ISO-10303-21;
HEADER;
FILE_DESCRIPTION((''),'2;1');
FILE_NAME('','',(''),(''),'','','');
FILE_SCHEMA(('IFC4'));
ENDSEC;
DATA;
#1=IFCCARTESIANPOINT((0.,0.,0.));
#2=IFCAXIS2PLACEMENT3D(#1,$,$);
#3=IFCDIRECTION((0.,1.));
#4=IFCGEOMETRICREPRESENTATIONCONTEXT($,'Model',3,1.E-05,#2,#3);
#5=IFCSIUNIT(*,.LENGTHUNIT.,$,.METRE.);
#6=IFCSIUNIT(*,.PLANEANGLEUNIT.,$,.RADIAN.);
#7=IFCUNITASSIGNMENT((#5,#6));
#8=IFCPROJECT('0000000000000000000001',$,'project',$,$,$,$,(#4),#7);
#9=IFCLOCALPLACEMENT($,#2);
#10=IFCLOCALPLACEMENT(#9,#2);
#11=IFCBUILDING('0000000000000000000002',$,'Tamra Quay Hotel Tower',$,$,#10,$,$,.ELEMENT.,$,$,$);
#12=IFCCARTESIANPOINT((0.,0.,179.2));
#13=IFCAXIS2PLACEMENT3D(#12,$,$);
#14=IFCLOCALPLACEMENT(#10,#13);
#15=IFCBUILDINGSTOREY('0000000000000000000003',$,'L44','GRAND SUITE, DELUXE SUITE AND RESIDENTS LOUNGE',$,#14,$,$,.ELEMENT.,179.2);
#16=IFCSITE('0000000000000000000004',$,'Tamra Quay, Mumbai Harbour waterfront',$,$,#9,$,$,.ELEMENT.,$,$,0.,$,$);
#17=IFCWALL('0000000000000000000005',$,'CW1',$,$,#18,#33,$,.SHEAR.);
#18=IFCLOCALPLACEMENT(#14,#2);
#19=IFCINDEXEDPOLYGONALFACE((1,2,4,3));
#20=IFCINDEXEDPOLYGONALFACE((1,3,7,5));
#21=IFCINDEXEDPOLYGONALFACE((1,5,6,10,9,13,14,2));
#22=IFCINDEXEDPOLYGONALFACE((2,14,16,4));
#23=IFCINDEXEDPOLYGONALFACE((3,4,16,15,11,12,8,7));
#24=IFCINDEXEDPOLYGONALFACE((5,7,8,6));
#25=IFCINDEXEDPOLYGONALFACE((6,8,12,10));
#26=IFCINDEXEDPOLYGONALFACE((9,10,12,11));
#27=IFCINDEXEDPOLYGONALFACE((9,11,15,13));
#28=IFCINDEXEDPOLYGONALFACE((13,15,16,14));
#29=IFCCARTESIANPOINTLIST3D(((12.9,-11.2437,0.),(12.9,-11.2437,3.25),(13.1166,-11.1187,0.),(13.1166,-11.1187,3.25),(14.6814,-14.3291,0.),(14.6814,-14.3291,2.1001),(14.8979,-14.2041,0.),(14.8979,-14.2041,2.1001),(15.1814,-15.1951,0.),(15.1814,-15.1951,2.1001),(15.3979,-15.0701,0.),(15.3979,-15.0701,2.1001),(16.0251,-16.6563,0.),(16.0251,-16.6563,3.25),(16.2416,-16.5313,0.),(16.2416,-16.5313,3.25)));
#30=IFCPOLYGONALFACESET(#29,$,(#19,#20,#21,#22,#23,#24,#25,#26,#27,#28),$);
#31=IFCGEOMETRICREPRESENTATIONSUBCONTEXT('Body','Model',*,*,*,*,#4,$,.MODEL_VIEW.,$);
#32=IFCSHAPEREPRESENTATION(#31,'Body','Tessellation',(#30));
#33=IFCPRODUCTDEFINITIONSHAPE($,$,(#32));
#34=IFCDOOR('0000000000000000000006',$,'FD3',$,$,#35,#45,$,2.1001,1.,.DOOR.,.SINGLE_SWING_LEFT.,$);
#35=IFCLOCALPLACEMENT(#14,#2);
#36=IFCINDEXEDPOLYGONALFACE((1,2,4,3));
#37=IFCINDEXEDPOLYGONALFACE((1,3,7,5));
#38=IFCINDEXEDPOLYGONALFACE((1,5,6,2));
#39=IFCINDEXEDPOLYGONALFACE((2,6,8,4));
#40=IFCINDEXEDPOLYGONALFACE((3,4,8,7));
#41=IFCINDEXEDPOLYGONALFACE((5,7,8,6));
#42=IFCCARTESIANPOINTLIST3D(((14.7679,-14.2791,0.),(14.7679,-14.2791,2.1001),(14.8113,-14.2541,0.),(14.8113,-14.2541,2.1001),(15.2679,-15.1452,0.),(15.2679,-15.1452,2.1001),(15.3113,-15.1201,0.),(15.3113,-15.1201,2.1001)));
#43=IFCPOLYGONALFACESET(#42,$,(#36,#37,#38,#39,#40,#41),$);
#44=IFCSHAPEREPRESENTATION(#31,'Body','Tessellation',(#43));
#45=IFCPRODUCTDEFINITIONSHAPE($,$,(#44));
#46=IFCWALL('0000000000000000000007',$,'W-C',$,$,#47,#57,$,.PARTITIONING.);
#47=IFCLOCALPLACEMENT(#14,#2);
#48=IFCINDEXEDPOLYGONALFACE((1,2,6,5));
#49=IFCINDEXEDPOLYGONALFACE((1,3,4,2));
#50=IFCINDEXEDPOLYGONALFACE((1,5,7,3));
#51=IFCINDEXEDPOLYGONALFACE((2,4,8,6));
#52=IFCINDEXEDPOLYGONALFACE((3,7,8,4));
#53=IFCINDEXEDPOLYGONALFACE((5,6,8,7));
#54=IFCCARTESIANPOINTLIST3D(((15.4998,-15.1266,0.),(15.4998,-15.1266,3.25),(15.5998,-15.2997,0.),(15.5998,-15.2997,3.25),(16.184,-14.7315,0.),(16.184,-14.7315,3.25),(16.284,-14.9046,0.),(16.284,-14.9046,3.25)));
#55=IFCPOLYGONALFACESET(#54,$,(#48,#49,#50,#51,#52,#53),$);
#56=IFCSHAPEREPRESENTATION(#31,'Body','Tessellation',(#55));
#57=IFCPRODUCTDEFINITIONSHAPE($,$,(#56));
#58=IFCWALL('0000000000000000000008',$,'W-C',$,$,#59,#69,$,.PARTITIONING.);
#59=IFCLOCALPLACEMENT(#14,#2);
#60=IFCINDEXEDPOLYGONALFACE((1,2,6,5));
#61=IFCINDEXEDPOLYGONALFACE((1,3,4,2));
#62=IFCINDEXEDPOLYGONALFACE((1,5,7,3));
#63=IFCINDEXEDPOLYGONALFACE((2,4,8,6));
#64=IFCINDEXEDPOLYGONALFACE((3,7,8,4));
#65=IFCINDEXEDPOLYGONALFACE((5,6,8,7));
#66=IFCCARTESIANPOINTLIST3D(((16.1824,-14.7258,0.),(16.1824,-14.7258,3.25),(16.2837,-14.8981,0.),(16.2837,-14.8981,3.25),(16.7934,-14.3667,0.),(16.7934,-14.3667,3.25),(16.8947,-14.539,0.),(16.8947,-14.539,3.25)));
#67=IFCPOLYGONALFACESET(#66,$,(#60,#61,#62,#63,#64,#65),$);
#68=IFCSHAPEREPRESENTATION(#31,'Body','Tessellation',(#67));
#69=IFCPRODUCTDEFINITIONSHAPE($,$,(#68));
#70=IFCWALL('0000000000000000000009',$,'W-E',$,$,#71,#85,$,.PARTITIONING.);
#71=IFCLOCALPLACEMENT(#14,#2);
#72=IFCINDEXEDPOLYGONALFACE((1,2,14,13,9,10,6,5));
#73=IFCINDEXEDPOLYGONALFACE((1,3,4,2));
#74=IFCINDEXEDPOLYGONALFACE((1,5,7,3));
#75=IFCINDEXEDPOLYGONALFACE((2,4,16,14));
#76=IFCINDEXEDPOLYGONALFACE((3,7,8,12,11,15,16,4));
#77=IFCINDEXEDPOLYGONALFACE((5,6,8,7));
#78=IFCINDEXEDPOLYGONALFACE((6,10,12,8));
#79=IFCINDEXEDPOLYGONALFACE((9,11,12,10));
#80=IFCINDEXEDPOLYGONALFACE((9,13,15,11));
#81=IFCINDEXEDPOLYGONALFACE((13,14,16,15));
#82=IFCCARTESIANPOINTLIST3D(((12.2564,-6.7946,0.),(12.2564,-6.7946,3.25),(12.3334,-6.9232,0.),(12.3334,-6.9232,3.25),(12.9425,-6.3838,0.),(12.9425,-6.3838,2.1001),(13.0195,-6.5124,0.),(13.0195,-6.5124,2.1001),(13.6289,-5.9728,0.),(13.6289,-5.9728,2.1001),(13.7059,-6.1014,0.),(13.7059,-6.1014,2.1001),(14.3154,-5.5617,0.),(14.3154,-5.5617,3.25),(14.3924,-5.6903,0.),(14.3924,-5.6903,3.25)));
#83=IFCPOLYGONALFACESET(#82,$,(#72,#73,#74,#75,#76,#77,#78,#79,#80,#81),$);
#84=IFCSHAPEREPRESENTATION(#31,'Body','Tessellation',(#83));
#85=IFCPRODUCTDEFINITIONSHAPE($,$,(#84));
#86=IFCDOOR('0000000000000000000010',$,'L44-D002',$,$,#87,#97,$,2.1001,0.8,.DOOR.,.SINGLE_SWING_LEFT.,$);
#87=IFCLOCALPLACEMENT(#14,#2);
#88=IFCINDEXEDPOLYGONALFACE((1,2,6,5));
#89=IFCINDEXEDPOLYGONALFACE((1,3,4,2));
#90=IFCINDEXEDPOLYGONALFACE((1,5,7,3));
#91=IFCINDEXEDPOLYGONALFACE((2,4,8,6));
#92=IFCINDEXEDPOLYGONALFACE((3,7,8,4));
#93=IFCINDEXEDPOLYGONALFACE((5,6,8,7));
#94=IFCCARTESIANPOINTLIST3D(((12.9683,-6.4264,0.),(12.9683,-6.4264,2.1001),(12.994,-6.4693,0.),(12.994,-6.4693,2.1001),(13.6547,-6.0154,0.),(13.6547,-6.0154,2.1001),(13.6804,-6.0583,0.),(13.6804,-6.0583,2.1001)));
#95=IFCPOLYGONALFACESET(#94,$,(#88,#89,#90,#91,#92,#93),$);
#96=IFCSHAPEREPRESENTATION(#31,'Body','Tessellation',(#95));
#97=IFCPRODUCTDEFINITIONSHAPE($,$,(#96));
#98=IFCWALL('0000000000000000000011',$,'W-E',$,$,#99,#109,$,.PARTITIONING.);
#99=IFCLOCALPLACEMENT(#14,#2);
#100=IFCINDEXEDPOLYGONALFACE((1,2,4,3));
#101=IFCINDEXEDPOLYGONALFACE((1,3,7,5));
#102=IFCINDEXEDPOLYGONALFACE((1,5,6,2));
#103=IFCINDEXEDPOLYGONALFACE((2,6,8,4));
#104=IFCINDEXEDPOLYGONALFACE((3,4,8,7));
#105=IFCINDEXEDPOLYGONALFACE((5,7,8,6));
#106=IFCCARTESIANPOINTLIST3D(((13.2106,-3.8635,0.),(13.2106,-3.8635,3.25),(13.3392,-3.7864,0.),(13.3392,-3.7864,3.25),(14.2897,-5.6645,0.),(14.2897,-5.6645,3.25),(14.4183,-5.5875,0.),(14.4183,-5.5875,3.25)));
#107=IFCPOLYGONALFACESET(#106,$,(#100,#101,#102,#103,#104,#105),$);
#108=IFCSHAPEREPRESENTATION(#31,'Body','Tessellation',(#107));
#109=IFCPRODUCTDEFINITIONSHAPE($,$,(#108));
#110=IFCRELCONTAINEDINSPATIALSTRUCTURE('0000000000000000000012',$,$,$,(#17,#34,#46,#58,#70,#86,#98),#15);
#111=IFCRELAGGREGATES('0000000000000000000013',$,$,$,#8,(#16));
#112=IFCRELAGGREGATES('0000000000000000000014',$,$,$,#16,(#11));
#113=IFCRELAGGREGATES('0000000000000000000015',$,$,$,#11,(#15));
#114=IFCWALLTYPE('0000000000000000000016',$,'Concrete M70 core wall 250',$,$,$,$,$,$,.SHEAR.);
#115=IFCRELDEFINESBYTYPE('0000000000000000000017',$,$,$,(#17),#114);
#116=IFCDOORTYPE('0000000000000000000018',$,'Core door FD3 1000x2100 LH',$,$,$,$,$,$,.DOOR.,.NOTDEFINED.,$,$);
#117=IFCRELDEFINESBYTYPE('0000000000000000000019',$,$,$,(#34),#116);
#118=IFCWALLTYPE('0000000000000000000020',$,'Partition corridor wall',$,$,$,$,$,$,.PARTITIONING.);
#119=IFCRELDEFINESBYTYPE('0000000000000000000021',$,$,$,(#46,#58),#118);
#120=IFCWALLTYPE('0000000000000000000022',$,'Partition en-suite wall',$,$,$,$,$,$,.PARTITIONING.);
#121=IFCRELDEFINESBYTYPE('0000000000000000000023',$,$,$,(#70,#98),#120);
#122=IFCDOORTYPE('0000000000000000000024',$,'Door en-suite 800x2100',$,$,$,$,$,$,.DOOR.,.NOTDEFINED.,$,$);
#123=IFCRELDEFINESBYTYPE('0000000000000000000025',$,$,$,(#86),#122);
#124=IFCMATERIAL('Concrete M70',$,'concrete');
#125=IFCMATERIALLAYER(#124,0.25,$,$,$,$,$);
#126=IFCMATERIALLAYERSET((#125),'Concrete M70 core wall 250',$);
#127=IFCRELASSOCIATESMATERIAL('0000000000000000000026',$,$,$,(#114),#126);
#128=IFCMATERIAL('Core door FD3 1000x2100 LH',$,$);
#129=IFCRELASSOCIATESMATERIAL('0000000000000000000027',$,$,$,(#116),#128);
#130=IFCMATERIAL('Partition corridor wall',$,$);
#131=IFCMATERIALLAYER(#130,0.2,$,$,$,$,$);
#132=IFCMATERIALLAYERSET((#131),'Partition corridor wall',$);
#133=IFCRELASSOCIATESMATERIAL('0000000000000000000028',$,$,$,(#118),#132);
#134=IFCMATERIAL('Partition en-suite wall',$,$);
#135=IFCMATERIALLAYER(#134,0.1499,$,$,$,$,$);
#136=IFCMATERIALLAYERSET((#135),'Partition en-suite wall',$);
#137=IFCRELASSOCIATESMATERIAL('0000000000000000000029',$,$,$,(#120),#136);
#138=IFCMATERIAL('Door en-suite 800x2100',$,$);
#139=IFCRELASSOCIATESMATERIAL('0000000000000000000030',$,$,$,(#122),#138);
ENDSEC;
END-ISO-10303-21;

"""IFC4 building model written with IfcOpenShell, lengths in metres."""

from ifc_helpers import new_model, si_unit, direction, frame, frame_2d, origin, place, context, subcontext, project, spatial, rectangle, extrude, material, layer, layer_set, type_object, element, fill, save


model = new_model("IFC4")

# Units and contexts
model_context = context("Model", 3, precision=1e-05, world=origin(), true_north=direction((0.0, 1.0)))
body_context = subcontext(model_context, "Body", "Model", "MODEL_VIEW")
ifc_project = project(units=[si_unit("LENGTHUNIT", "METRE"), si_unit("PLANEANGLEUNIT", "RADIAN")], contexts=[model_context])

# Site, building, storey
site_placement = place(None, origin())
site = spatial("IfcSite", under=ifc_project, at=site_placement, Name="Tamra Quay, Mumbai Harbour waterfront", CompositionType="ELEMENT", RefElevation=0.0)
building_placement = place(site_placement, origin())
building = spatial("IfcBuilding", under=site, at=building_placement, Name="Tamra Quay Hotel Tower", CompositionType="ELEMENT")
storey_placement = place(building_placement, frame((0.0, 0.0, 179.2)))
storey = spatial("IfcBuildingStorey", under=building, at=storey_placement, Name="L44", Description="GRAND SUITE, DELUXE SUITE AND RESIDENTS LOUNGE", CompositionType="ELEMENT", Elevation=179.2)

# Shared definitions
ifc_material_1 = material(Name="Concrete M70", Category="concrete")

# Wall, opening, door
ifc_layer_1 = layer(ifc_material_1, 0.25)
ifc_layer_set_1 = layer_set([ifc_layer_1], Name="Concrete M70 core wall 250")
wall_type_1 = type_object("IfcWallType", Name="Concrete M70 core wall 250", PredefinedType="SHEAR", material=ifc_layer_set_1)
wall_1_placement = place(storey_placement, frame((13.0083, -11.1812, 0.0), z_axis=(0.0, 0.0, 1.0), x_axis=(0.500004, -0.866023, 0.0)))
wall_1 = element("IfcWall", 1, at=wall_1_placement, inside=storey, type_object=wall_type_1, Name="CW1", PredefinedType="SHEAR", context=body_context, shape_type="SweptSolid", body=[
    extrude(rectangle(XDim=6.25, YDim=0.25, at=frame_2d((3.125, 0.0))), origin(), (0.0, 0.0, 1.0), 3.25),
])
opening_1_placement = place(wall_1_placement, frame((3.5627, 0.0, 0.0)))
opening_1 = element("IfcOpeningElement", 2, at=opening_1_placement, cuts=wall_1, PredefinedType="OPENING", context=body_context, shape_type="SweptSolid", body=[
    extrude(rectangle(XDim=1.0, YDim=2.1001, at=frame_2d((0.5, 1.05))), frame((0.0, 0.135, 0.0), z_axis=(0.0, -1.0, 0.0), x_axis=(1.0, 0.0, 0.0)), (0.0, 0.0, 1.0), 0.27),
])
ifc_material_2 = material(Name="Core door FD3 1000x2100 LH")
door_type_1 = type_object("IfcDoorType", Name="Core door FD3 1000x2100 LH", OperationType="NOTDEFINED", PredefinedType="DOOR", material=ifc_material_2)
door_1_placement = place(opening_1_placement, origin())
door_1 = element("IfcDoor", 3, at=door_1_placement, inside=storey, type_object=door_type_1, Name="FD3", OperationType="SINGLE_SWING_LEFT", OverallHeight=2.1001, OverallWidth=1.0, PredefinedType="DOOR", context=body_context, shape_type="SweptSolid", body=[
    extrude(rectangle(XDim=1.0, YDim=2.1001, at=frame_2d((0.5, 1.05))), frame((0.0, 0.0249, 0.0), z_axis=(0.0, -1.0, 0.0), x_axis=(1.0, 0.0, 0.0)), (0.0, 0.0, 1.0), 0.05),
])
fill(opening_1, door_1)

# Walls
ifc_material_3 = material(Name="Partition corridor wall")
ifc_layer_2 = layer(ifc_material_3, 0.2)
ifc_layer_set_2 = layer_set([ifc_layer_2], Name="Partition corridor wall")
wall_type_2 = type_object("IfcWallType", Name="Partition corridor wall", PredefinedType="PARTITIONING", material=ifc_layer_set_2)
wall_2_placement = place(storey_placement, frame((15.5498, -15.2131, 0.0), z_axis=(0.0, 0.0, 1.0), x_axis=(0.86599, 0.500061, 0.0)))
element("IfcWall", 4, at=wall_2_placement, inside=storey, type_object=wall_type_2, Name="W-C", PredefinedType="PARTITIONING", context=body_context, shape_type="SweptSolid", body=[
    extrude(rectangle(XDim=0.79, YDim=0.2, at=frame_2d((0.395, 0.0))), origin(), (0.0, 0.0, 1.0), 3.25),
])
wall_3_placement = place(storey_placement, frame((16.2329, -14.812, 0.0), z_axis=(0.0, 0.0, 1.0), x_axis=(0.862138, 0.506674, 0.0)))
element("IfcWall", 5, at=wall_3_placement, inside=storey, type_object=wall_type_2, Name="W-C", PredefinedType="PARTITIONING", context=body_context, shape_type="SweptSolid", body=[
    extrude(rectangle(XDim=0.7087, YDim=0.2, at=frame_2d((0.3545, 0.0))), origin(), (0.0, 0.0, 1.0), 3.25),
])

# Wall, opening, door
ifc_material_4 = material(Name="Partition en-suite wall")
ifc_layer_3 = layer(ifc_material_4, 0.1499)
ifc_layer_set_3 = layer_set([ifc_layer_3], Name="Partition en-suite wall")
wall_type_3 = type_object("IfcWallType", Name="Partition en-suite wall", PredefinedType="PARTITIONING", material=ifc_layer_set_3)
wall_4_placement = place(storey_placement, frame((12.2949, -6.8589, 0.0), z_axis=(0.0, 0.0, 1.0), x_axis=(0.857959, 0.513718, 0.0)))
wall_4 = element("IfcWall", 6, at=wall_4_placement, inside=storey, type_object=wall_type_3, Name="W-E", PredefinedType="PARTITIONING", context=body_context, shape_type="SweptSolid", body=[
    extrude(rectangle(XDim=2.3999, YDim=0.1499, at=frame_2d((1.2, 0.0))), origin(), (0.0, 0.0, 1.0), 3.25),
])
opening_2_placement = place(wall_4_placement, frame((0.7998, 0.0, 0.0)))
opening_2 = element("IfcOpeningElement", 7, at=opening_2_placement, cuts=wall_4, PredefinedType="OPENING", context=body_context, shape_type="SweptSolid", body=[
    extrude(rectangle(XDim=0.8, YDim=2.1001, at=frame_2d((0.3999, 1.05))), frame((0.0, 0.085, 0.0), z_axis=(0.0, -1.0, 0.0), x_axis=(1.0, 0.0, 0.0)), (0.0, 0.0, 1.0), 0.1699),
])
ifc_material_5 = material(Name="Door en-suite 800x2100")
door_type_2 = type_object("IfcDoorType", Name="Door en-suite 800x2100", OperationType="NOTDEFINED", PredefinedType="DOOR", material=ifc_material_5)
door_2_placement = place(opening_2_placement, frame((0.8, 0.0, 0.0), z_axis=(0.0, 0.0, 1.0), x_axis=(-1.0, 0.0, 0.0)))
door_2 = element("IfcDoor", 8, at=door_2_placement, inside=storey, type_object=door_type_2, Name="L44-D002", OperationType="SINGLE_SWING_LEFT", OverallHeight=2.1001, OverallWidth=0.8, PredefinedType="DOOR", context=body_context, shape_type="SweptSolid", body=[
    extrude(rectangle(XDim=0.8, YDim=2.1001, at=frame_2d((0.3999, 1.05))), frame((0.0, 0.0249, 0.0), z_axis=(0.0, -1.0, 0.0), x_axis=(1.0, 0.0, 0.0)), (0.0, 0.0, 1.0), 0.05),
])
fill(opening_2, door_2)

# Wall
wall_5_placement = place(storey_placement, frame((13.2749, -3.825, 0.0), z_axis=(0.0, 0.0, 1.0), x_axis=(0.513966, -0.857811, 0.0)))
element("IfcWall", 9, at=wall_5_placement, inside=storey, type_object=wall_type_3, Name="W-E", PredefinedType="PARTITIONING", context=body_context, shape_type="SweptSolid", body=[
    extrude(rectangle(XDim=2.0996, YDim=0.1499, at=frame_2d((1.0498, 0.0))), origin(), (0.0, 0.0, 1.0), 3.25),
])

save(model, "model.ifc")
